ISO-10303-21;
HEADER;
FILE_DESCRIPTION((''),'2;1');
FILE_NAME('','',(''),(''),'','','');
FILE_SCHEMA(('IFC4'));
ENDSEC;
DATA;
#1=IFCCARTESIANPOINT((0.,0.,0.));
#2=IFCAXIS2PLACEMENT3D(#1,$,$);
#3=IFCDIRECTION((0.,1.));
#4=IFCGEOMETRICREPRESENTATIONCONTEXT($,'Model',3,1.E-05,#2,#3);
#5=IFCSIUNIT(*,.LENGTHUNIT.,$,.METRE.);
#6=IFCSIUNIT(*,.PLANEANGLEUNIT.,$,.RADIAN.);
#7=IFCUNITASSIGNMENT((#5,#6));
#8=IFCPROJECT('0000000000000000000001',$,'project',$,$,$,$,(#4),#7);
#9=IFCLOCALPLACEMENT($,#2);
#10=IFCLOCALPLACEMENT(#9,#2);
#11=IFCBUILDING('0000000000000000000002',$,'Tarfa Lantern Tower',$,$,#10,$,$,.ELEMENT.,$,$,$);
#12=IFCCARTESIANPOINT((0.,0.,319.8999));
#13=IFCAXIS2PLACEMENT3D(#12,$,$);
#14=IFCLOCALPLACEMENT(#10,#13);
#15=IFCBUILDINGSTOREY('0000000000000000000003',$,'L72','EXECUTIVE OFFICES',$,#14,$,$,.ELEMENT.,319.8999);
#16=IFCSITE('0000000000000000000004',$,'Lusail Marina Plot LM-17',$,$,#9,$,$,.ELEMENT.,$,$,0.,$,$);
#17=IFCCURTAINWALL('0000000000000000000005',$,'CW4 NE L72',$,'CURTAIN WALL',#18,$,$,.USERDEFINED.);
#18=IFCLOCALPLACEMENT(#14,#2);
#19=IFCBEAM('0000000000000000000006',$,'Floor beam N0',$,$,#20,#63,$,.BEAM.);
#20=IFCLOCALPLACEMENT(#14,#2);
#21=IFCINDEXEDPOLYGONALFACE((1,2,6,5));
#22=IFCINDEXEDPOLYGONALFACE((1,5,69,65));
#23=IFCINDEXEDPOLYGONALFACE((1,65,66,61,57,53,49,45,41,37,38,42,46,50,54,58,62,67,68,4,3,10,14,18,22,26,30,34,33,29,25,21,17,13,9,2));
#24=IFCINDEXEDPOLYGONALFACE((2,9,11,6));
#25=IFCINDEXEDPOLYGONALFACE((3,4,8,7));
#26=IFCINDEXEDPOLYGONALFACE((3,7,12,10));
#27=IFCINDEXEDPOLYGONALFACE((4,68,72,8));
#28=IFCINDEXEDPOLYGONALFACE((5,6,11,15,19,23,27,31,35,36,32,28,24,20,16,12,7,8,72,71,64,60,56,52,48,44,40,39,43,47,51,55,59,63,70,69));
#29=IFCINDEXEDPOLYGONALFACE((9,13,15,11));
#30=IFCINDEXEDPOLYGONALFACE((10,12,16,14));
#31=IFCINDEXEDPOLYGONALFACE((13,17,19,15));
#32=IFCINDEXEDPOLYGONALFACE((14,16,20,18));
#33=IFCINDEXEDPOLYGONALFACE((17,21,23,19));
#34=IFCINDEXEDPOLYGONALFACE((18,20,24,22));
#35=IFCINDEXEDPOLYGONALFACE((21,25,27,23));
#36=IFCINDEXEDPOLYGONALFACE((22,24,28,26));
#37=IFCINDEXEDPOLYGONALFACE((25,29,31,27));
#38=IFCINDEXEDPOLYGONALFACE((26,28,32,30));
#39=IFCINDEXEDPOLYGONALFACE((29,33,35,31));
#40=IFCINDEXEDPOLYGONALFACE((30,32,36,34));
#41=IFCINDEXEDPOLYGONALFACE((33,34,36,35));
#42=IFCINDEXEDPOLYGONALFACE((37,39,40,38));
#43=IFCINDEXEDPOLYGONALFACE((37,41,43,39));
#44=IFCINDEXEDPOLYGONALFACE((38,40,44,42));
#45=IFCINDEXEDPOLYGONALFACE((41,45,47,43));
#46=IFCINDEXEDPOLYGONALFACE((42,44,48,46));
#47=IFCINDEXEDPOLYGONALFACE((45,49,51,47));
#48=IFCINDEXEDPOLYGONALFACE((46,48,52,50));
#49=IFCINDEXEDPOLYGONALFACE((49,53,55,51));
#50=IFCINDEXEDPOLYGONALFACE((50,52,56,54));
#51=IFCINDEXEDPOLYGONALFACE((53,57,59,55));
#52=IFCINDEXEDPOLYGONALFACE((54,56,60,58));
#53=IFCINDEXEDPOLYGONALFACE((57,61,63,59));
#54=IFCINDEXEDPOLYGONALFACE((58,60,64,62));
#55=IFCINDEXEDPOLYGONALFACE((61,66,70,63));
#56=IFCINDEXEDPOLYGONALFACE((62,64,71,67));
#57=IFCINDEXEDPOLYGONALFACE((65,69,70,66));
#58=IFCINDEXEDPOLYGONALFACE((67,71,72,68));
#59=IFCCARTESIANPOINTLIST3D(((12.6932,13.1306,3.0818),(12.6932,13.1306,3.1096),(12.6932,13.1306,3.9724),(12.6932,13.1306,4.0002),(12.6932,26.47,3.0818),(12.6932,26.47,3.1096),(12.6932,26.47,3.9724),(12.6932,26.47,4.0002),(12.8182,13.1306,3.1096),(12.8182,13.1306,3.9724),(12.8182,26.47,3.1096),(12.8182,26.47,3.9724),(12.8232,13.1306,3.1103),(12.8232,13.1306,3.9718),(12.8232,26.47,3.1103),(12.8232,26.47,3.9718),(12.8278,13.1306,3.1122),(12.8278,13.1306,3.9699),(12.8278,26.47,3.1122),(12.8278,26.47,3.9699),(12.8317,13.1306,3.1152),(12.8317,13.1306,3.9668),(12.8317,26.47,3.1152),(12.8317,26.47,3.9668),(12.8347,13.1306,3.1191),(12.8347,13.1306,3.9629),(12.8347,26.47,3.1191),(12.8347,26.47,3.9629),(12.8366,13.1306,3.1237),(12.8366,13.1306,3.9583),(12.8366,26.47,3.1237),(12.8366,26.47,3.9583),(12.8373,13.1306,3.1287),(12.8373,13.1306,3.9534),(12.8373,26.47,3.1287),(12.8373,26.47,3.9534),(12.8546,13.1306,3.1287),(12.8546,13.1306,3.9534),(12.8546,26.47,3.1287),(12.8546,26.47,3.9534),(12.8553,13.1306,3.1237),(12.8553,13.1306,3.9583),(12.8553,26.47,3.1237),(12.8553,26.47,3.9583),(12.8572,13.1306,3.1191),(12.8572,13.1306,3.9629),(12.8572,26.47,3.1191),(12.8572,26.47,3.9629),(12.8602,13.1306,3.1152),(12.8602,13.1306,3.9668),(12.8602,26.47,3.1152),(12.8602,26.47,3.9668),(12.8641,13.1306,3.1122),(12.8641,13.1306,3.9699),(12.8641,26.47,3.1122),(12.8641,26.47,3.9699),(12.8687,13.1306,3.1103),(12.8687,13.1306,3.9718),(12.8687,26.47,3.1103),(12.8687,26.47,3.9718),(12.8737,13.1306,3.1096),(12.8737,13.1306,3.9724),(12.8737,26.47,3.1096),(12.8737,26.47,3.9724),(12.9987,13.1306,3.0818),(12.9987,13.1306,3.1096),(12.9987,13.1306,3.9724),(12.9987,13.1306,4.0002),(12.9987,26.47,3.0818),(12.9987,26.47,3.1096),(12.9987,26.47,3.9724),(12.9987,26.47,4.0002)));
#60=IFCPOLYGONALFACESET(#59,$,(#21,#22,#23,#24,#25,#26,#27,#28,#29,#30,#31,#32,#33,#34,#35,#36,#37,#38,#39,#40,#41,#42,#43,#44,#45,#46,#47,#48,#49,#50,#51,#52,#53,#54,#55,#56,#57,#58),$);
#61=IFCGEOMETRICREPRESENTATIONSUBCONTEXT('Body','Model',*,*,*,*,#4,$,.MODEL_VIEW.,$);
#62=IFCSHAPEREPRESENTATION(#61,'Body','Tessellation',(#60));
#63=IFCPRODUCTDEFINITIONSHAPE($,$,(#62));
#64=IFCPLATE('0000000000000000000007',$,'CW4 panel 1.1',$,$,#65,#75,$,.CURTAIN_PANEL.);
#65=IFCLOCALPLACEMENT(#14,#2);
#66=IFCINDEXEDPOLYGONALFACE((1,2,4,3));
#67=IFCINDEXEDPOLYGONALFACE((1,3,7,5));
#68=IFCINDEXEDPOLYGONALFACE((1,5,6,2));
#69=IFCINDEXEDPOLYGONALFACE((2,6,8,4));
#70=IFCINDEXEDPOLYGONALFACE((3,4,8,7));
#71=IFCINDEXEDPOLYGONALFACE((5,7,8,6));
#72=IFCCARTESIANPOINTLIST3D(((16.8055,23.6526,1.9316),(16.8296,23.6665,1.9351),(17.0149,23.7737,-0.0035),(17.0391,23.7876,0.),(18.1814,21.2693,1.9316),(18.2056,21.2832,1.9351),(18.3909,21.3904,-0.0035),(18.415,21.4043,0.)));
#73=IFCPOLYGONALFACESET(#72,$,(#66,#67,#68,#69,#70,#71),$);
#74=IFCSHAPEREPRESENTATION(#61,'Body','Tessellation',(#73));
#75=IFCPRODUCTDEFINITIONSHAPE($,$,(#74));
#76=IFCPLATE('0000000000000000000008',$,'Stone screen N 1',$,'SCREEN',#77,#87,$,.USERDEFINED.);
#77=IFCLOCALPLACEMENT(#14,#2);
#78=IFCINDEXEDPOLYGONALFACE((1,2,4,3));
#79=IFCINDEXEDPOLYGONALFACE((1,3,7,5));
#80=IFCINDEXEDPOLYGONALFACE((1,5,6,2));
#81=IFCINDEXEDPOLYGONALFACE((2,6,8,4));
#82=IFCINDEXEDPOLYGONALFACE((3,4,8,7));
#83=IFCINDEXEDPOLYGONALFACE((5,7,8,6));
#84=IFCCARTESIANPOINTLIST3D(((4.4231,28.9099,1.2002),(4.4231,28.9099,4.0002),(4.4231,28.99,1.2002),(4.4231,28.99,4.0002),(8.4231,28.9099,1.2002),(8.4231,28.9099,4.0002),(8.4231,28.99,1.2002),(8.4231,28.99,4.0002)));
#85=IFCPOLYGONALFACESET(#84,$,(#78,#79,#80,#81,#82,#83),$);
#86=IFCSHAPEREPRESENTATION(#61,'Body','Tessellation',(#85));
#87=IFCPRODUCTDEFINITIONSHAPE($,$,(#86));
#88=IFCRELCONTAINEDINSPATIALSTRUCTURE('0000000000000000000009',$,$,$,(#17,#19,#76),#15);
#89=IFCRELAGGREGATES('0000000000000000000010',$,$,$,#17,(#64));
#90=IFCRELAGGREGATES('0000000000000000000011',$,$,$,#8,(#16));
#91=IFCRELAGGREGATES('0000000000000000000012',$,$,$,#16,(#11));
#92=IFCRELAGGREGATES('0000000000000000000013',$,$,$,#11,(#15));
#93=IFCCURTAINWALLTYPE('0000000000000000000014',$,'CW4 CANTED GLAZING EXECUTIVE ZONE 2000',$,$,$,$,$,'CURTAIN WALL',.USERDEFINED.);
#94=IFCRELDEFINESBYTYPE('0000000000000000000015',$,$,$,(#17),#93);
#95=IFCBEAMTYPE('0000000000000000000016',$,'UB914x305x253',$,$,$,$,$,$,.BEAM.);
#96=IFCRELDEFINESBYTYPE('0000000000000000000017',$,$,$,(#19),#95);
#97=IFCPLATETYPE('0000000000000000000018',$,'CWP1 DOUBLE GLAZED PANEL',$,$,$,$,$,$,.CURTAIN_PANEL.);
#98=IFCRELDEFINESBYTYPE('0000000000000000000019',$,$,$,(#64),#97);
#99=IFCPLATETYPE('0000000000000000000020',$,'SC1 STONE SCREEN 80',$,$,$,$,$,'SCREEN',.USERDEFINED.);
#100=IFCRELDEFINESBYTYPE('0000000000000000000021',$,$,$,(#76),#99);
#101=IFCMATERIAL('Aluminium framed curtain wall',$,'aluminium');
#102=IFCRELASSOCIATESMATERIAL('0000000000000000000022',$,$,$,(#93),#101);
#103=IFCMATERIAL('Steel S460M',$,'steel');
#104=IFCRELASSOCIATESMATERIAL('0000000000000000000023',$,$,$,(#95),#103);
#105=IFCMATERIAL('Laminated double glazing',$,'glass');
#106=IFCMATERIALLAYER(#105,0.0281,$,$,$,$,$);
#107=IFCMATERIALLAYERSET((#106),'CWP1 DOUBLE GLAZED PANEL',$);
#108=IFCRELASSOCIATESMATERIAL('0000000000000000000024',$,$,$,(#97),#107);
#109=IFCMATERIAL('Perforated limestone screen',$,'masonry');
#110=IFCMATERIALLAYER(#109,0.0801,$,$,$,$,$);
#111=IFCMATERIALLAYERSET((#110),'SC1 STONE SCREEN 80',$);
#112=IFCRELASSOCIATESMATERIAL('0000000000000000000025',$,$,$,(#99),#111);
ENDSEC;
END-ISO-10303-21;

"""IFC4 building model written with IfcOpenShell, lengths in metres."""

from ifc_helpers import new_model, si_unit, direction, frame, origin, origin_2d, place, context, subcontext, project, spatial, polyline, rectangle, i_section, outline, extrude, material, layer, layer_set, material_profile, profile_set, type_object, element, aggregate, save


model = new_model("IFC4")

# Units and contexts
model_context = context("Model", 3, precision=1e-05, world=origin(), true_north=direction((0.0, 1.0)))
body_context = subcontext(model_context, "Body", "Model", "MODEL_VIEW")
ifc_project = project(units=[si_unit("LENGTHUNIT", "METRE"), si_unit("PLANEANGLEUNIT", "RADIAN")], contexts=[model_context])

# Site, building, storey
site_placement = place(None, origin())
site = spatial("IfcSite", under=ifc_project, at=site_placement, Name="Lusail Marina Plot LM-17", CompositionType="ELEMENT", RefElevation=0.0)
building_placement = place(site_placement, origin())
building = spatial("IfcBuilding", under=site, at=building_placement, Name="Tarfa Lantern Tower", CompositionType="ELEMENT")
storey_placement = place(building_placement, frame((0.0, 0.0, 319.8999)))
storey = spatial("IfcBuildingStorey", under=building, at=storey_placement, Name="L72", Description="EXECUTIVE OFFICES", CompositionType="ELEMENT", Elevation=319.8999)

# Curtain wall
ifc_material_1 = material(Name="Aluminium framed curtain wall", Category="aluminium")
curtain_wall_type = type_object("IfcCurtainWallType", Name="CW4 CANTED GLAZING EXECUTIVE ZONE 2000", ElementType="CURTAIN WALL", PredefinedType="USERDEFINED", material=ifc_material_1)
curtain_wall_placement = place(storey_placement, origin())
curtain_wall = element("IfcCurtainWall", 1, at=curtain_wall_placement, inside=storey, type_object=curtain_wall_type, Name="CW4 NE L72", ObjectType="CURTAIN WALL", PredefinedType="USERDEFINED")

# Beam
ifc_material_2 = material(Name="Steel S460M", Category="steel")
ifc_material_profile_1 = material_profile(ifc_material_2, i_section(OverallWidth=0.3054, OverallDepth=0.9185, WebThickness=0.0173, FlangeThickness=0.0278, FilletRadius=0.019, at=origin_2d()), Name="UB914x305x253")
ifc_profile_set_1 = profile_set([ifc_material_profile_1], Name="Steel S460M")
beam_type_1 = type_object("IfcBeamType", Name="UB914x305x253", PredefinedType="BEAM", material=ifc_profile_set_1)
beam_1_placement = place(storey_placement, frame((12.8459, 26.47, 3.541), z_axis=(0.0, -1.0, 0.0), x_axis=(1.0, 0.0, 0.0)))
element("IfcBeam", 2, at=beam_1_placement, inside=storey, type_object=beam_type_1, Name="Floor beam N0", PredefinedType="BEAM", context=body_context, shape_type="SweptSolid", body=[
    extrude(i_section(OverallWidth=0.3054, OverallDepth=0.9185, WebThickness=0.0173, FlangeThickness=0.0278, FilletRadius=0.019, at=origin_2d()), origin(), (0.0, 0.0, 1.0), 13.3394),
])

# Plates
ifc_material_3 = material(Name="Laminated double glazing", Category="glass")
ifc_layer_1 = layer(ifc_material_3, 0.0281)
ifc_layer_set_1 = layer_set([ifc_layer_1], Name="CWP1 DOUBLE GLAZED PANEL")
plate_type_1 = type_object("IfcPlateType", Name="CWP1 DOUBLE GLAZED PANEL", PredefinedType="CURTAIN_PANEL", material=ifc_layer_set_1)
plate_1_placement = place(storey_placement, frame((18.415, 21.4043, 0.0), z_axis=(0.859337, 0.49613, 0.124072), x_axis=(-0.499994, 0.866029, 0.0)))
plate_1 = element("IfcPlate", 3, at=plate_1_placement, type_object=plate_type_1, Name="CW4 panel 1.1", PredefinedType="CURTAIN_PANEL", context=body_context, shape_type="SweptSolid", body=[
    extrude(outline(polyline([(0.0, 0.0), (2.752, 0.0), (2.7519, 1.9501), (-0.0001, 1.9501), (0.0, 0.0)])), origin(), (0.0, 0.0, -1.0), 0.0281),
])
aggregate(curtain_wall, [plate_1])
ifc_material_4 = material(Name="Perforated limestone screen", Category="masonry")
ifc_layer_2 = layer(ifc_material_4, 0.0801)
ifc_layer_set_2 = layer_set([ifc_layer_2], Name="SC1 STONE SCREEN 80")
plate_type_2 = type_object("IfcPlateType", Name="SC1 STONE SCREEN 80", ElementType="SCREEN", PredefinedType="USERDEFINED", material=ifc_layer_set_2)
plate_2_placement = place(storey_placement, frame((6.4231, 28.95, 1.2002), z_axis=(0.0, 0.0, 1.0), x_axis=(-1.0, 0.0, 0.0)))
element("IfcPlate", 4, at=plate_2_placement, inside=storey, type_object=plate_type_2, Name="Stone screen N 1", ObjectType="SCREEN", PredefinedType="USERDEFINED", context=body_context, shape_type="SweptSolid", body=[
    extrude(rectangle(XDim=4.0, YDim=0.0801, at=origin_2d()), origin(), (0.0, 0.0, 1.0), 2.8),
])

save(model, "model.ifc")
